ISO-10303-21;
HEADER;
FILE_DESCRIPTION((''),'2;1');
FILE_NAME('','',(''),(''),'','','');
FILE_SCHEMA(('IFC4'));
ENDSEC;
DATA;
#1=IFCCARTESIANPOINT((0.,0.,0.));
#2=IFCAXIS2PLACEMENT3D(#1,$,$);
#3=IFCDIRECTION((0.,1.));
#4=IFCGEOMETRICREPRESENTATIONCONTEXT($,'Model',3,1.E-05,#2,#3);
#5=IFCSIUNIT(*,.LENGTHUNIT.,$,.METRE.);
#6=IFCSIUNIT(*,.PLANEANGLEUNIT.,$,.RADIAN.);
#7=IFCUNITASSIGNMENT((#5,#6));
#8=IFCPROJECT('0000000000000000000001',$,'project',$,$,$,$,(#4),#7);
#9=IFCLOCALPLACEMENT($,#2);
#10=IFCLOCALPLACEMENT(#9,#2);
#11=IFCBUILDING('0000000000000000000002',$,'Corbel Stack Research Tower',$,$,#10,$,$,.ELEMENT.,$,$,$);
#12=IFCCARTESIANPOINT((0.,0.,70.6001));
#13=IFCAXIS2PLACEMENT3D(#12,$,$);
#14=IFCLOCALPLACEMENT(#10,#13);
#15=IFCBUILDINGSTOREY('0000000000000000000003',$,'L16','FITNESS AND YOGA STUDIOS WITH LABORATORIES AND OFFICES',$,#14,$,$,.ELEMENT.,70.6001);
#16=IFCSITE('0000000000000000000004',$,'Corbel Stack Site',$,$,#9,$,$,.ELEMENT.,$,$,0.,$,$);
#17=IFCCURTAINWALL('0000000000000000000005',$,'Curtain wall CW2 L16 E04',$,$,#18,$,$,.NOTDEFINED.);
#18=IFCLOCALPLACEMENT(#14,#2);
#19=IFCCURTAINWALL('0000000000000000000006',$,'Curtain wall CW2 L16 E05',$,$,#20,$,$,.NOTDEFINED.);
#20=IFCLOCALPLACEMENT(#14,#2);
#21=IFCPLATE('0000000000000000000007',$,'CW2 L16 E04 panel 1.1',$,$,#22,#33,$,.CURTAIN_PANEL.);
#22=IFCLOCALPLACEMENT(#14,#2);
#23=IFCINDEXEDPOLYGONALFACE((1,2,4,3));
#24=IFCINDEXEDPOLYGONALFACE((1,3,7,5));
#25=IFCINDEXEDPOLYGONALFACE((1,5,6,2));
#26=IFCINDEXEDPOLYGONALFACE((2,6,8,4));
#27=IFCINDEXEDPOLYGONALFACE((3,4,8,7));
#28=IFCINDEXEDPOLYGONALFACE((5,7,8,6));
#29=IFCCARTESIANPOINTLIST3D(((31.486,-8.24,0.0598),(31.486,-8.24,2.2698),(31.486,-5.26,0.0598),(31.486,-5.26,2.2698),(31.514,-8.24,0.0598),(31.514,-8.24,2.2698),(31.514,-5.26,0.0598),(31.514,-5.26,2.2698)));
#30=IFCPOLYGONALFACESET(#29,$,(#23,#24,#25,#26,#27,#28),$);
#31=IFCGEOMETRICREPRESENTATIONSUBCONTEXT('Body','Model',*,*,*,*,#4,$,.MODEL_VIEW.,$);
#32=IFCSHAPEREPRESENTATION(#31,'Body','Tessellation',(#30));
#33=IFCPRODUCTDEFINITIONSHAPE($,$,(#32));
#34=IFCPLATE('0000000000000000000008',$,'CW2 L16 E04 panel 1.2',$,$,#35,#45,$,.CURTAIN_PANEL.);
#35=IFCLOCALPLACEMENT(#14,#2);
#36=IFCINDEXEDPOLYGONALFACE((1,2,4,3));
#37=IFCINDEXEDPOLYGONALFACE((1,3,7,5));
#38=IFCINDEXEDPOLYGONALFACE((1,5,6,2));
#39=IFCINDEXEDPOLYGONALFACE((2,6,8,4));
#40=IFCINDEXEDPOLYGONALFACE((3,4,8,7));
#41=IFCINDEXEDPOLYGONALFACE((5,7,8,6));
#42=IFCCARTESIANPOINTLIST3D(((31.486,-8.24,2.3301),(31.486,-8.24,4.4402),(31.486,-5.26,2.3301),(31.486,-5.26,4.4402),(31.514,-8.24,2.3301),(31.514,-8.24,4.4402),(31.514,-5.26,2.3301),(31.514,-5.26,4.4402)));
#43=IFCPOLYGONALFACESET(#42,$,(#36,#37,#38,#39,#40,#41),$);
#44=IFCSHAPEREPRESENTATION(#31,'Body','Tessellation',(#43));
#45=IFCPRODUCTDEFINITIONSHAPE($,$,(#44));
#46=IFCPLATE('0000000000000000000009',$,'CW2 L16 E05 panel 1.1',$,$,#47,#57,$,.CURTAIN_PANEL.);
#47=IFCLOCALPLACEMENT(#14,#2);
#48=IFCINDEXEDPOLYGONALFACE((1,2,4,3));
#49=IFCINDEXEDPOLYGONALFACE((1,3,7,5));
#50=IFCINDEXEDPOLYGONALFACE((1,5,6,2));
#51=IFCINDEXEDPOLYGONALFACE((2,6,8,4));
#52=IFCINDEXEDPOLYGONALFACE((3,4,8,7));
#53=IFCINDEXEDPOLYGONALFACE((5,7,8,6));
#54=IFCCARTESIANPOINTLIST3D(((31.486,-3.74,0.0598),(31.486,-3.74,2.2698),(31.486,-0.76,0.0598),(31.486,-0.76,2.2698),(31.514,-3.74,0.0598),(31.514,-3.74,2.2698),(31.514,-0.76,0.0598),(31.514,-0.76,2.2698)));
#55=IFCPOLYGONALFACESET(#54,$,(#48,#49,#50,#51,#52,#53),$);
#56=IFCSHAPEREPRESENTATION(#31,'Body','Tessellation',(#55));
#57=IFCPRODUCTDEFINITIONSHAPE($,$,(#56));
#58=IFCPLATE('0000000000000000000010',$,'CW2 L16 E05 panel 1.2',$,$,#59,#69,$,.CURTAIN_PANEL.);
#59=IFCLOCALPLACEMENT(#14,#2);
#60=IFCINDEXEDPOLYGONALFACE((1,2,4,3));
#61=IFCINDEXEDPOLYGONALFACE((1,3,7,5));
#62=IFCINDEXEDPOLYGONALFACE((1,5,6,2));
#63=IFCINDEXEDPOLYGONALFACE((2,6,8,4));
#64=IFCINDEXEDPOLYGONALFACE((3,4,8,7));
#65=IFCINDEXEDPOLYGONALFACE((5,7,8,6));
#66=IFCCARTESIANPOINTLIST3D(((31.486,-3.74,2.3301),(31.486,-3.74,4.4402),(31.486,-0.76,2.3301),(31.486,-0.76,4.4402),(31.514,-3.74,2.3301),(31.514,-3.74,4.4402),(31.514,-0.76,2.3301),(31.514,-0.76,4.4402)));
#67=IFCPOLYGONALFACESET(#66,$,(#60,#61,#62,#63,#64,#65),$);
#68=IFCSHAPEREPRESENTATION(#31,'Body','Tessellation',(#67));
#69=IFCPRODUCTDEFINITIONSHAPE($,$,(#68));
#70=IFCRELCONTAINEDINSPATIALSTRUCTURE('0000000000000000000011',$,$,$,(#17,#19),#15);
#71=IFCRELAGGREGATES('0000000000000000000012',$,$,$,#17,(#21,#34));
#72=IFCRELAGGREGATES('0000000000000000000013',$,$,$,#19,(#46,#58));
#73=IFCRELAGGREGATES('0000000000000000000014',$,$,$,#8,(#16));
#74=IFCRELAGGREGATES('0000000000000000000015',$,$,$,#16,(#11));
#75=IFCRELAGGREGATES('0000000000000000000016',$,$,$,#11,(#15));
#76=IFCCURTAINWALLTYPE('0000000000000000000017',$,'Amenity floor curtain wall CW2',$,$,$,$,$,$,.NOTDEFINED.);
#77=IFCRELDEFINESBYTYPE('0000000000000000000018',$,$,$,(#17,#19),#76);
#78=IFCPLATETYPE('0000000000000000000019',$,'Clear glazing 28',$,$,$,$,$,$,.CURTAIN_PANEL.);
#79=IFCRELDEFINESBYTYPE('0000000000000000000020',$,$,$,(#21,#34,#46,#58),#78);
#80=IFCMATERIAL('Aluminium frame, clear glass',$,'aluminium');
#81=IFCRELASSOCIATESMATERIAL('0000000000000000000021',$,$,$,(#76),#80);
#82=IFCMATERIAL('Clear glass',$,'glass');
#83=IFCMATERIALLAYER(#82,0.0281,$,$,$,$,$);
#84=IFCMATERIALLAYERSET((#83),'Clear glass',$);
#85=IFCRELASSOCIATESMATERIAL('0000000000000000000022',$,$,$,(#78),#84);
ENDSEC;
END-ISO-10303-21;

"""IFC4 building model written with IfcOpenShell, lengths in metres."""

from ifc_helpers import new_model, si_unit, direction, frame, origin, origin_2d, place, context, subcontext, project, spatial, rectangle, extrude, material, layer, layer_set, type_object, element, aggregate, save


model = new_model("IFC4")

# Units and contexts
model_context = context("Model", 3, precision=1e-05, world=origin(), true_north=direction((0.0, 1.0)))
body_context = subcontext(model_context, "Body", "Model", "MODEL_VIEW")
ifc_project = project(units=[si_unit("LENGTHUNIT", "METRE"), si_unit("PLANEANGLEUNIT", "RADIAN")], contexts=[model_context])

# Site, building, storey
site_placement = place(None, origin())
site = spatial("IfcSite", under=ifc_project, at=site_placement, Name="Corbel Stack Site", CompositionType="ELEMENT", RefElevation=0.0)
building_placement = place(site_placement, origin())
building = spatial("IfcBuilding", under=site, at=building_placement, Name="Corbel Stack Research Tower", CompositionType="ELEMENT")
storey_placement = place(building_placement, frame((0.0, 0.0, 70.6001)))
storey = spatial("IfcBuildingStorey", under=building, at=storey_placement, Name="L16", Description="FITNESS AND YOGA STUDIOS WITH LABORATORIES AND OFFICES", CompositionType="ELEMENT", Elevation=70.6001)

# Curtain walls
ifc_material_1 = material(Name="Aluminium frame, clear glass", Category="aluminium")
curtain_wall_type = type_object("IfcCurtainWallType", Name="Amenity floor curtain wall CW2", PredefinedType="NOTDEFINED", material=ifc_material_1)
curtain_wall_1_placement = place(storey_placement, origin())
curtain_wall_1 = element("IfcCurtainWall", 1, at=curtain_wall_1_placement, inside=storey, type_object=curtain_wall_type, Name="Curtain wall CW2 L16 E04", PredefinedType="NOTDEFINED")
curtain_wall_2_placement = place(storey_placement, origin())
curtain_wall_2 = element("IfcCurtainWall", 2, at=curtain_wall_2_placement, inside=storey, type_object=curtain_wall_type, Name="Curtain wall CW2 L16 E05", PredefinedType="NOTDEFINED")

# Plates
ifc_material_2 = material(Name="Clear glass", Category="glass")
ifc_layer = layer(ifc_material_2, 0.0281)
ifc_layer_set = layer_set([ifc_layer], Name="Clear glass")
plate_type = type_object("IfcPlateType", Name="Clear glazing 28", PredefinedType="CURTAIN_PANEL", material=ifc_layer_set)
plate_1_placement = place(storey_placement, frame((31.5, -6.75, 0.0598), z_axis=(0.0, 0.0, 1.0), x_axis=(0.0, 1.0, 0.0)))
plate_1 = element("IfcPlate", 3, at=plate_1_placement, type_object=plate_type, Name="CW2 L16 E04 panel 1.1", PredefinedType="CURTAIN_PANEL", context=body_context, shape_type="SweptSolid", body=[
    extrude(rectangle(XDim=2.98, YDim=0.0281, at=origin_2d()), origin(), (0.0, 0.0, 1.0), 2.21),
])
plate_2_placement = place(storey_placement, frame((31.5, -6.75, 2.3301), z_axis=(0.0, 0.0, 1.0), x_axis=(0.0, 1.0, 0.0)))
plate_2 = element("IfcPlate", 4, at=plate_2_placement, type_object=plate_type, Name="CW2 L16 E04 panel 1.2", PredefinedType="CURTAIN_PANEL", context=body_context, shape_type="SweptSolid", body=[
    extrude(rectangle(XDim=2.98, YDim=0.0281, at=origin_2d()), origin(), (0.0, 0.0, 1.0), 2.1101),
])
aggregate(curtain_wall_1, [plate_1, plate_2])
plate_3_placement = place(storey_placement, frame((31.5, -2.25, 0.0598), z_axis=(0.0, 0.0, 1.0), x_axis=(0.0, 1.0, 0.0)))
plate_3 = element("IfcPlate", 5, at=plate_3_placement, type_object=plate_type, Name="CW2 L16 E05 panel 1.1", PredefinedType="CURTAIN_PANEL", context=body_context, shape_type="SweptSolid", body=[
    extrude(rectangle(XDim=2.98, YDim=0.0281, at=origin_2d()), origin(), (0.0, 0.0, 1.0), 2.21),
])
plate_4_placement = place(storey_placement, frame((31.5, -2.25, 2.3301), z_axis=(0.0, 0.0, 1.0), x_axis=(0.0, 1.0, 0.0)))
plate_4 = element("IfcPlate", 6, at=plate_4_placement, type_object=plate_type, Name="CW2 L16 E05 panel 1.2", PredefinedType="CURTAIN_PANEL", context=body_context, shape_type="SweptSolid", body=[
    extrude(rectangle(XDim=2.98, YDim=0.0281, at=origin_2d()), origin(), (0.0, 0.0, 1.0), 2.1101),
])
aggregate(curtain_wall_2, [plate_3, plate_4])

save(model, "model.ifc")
